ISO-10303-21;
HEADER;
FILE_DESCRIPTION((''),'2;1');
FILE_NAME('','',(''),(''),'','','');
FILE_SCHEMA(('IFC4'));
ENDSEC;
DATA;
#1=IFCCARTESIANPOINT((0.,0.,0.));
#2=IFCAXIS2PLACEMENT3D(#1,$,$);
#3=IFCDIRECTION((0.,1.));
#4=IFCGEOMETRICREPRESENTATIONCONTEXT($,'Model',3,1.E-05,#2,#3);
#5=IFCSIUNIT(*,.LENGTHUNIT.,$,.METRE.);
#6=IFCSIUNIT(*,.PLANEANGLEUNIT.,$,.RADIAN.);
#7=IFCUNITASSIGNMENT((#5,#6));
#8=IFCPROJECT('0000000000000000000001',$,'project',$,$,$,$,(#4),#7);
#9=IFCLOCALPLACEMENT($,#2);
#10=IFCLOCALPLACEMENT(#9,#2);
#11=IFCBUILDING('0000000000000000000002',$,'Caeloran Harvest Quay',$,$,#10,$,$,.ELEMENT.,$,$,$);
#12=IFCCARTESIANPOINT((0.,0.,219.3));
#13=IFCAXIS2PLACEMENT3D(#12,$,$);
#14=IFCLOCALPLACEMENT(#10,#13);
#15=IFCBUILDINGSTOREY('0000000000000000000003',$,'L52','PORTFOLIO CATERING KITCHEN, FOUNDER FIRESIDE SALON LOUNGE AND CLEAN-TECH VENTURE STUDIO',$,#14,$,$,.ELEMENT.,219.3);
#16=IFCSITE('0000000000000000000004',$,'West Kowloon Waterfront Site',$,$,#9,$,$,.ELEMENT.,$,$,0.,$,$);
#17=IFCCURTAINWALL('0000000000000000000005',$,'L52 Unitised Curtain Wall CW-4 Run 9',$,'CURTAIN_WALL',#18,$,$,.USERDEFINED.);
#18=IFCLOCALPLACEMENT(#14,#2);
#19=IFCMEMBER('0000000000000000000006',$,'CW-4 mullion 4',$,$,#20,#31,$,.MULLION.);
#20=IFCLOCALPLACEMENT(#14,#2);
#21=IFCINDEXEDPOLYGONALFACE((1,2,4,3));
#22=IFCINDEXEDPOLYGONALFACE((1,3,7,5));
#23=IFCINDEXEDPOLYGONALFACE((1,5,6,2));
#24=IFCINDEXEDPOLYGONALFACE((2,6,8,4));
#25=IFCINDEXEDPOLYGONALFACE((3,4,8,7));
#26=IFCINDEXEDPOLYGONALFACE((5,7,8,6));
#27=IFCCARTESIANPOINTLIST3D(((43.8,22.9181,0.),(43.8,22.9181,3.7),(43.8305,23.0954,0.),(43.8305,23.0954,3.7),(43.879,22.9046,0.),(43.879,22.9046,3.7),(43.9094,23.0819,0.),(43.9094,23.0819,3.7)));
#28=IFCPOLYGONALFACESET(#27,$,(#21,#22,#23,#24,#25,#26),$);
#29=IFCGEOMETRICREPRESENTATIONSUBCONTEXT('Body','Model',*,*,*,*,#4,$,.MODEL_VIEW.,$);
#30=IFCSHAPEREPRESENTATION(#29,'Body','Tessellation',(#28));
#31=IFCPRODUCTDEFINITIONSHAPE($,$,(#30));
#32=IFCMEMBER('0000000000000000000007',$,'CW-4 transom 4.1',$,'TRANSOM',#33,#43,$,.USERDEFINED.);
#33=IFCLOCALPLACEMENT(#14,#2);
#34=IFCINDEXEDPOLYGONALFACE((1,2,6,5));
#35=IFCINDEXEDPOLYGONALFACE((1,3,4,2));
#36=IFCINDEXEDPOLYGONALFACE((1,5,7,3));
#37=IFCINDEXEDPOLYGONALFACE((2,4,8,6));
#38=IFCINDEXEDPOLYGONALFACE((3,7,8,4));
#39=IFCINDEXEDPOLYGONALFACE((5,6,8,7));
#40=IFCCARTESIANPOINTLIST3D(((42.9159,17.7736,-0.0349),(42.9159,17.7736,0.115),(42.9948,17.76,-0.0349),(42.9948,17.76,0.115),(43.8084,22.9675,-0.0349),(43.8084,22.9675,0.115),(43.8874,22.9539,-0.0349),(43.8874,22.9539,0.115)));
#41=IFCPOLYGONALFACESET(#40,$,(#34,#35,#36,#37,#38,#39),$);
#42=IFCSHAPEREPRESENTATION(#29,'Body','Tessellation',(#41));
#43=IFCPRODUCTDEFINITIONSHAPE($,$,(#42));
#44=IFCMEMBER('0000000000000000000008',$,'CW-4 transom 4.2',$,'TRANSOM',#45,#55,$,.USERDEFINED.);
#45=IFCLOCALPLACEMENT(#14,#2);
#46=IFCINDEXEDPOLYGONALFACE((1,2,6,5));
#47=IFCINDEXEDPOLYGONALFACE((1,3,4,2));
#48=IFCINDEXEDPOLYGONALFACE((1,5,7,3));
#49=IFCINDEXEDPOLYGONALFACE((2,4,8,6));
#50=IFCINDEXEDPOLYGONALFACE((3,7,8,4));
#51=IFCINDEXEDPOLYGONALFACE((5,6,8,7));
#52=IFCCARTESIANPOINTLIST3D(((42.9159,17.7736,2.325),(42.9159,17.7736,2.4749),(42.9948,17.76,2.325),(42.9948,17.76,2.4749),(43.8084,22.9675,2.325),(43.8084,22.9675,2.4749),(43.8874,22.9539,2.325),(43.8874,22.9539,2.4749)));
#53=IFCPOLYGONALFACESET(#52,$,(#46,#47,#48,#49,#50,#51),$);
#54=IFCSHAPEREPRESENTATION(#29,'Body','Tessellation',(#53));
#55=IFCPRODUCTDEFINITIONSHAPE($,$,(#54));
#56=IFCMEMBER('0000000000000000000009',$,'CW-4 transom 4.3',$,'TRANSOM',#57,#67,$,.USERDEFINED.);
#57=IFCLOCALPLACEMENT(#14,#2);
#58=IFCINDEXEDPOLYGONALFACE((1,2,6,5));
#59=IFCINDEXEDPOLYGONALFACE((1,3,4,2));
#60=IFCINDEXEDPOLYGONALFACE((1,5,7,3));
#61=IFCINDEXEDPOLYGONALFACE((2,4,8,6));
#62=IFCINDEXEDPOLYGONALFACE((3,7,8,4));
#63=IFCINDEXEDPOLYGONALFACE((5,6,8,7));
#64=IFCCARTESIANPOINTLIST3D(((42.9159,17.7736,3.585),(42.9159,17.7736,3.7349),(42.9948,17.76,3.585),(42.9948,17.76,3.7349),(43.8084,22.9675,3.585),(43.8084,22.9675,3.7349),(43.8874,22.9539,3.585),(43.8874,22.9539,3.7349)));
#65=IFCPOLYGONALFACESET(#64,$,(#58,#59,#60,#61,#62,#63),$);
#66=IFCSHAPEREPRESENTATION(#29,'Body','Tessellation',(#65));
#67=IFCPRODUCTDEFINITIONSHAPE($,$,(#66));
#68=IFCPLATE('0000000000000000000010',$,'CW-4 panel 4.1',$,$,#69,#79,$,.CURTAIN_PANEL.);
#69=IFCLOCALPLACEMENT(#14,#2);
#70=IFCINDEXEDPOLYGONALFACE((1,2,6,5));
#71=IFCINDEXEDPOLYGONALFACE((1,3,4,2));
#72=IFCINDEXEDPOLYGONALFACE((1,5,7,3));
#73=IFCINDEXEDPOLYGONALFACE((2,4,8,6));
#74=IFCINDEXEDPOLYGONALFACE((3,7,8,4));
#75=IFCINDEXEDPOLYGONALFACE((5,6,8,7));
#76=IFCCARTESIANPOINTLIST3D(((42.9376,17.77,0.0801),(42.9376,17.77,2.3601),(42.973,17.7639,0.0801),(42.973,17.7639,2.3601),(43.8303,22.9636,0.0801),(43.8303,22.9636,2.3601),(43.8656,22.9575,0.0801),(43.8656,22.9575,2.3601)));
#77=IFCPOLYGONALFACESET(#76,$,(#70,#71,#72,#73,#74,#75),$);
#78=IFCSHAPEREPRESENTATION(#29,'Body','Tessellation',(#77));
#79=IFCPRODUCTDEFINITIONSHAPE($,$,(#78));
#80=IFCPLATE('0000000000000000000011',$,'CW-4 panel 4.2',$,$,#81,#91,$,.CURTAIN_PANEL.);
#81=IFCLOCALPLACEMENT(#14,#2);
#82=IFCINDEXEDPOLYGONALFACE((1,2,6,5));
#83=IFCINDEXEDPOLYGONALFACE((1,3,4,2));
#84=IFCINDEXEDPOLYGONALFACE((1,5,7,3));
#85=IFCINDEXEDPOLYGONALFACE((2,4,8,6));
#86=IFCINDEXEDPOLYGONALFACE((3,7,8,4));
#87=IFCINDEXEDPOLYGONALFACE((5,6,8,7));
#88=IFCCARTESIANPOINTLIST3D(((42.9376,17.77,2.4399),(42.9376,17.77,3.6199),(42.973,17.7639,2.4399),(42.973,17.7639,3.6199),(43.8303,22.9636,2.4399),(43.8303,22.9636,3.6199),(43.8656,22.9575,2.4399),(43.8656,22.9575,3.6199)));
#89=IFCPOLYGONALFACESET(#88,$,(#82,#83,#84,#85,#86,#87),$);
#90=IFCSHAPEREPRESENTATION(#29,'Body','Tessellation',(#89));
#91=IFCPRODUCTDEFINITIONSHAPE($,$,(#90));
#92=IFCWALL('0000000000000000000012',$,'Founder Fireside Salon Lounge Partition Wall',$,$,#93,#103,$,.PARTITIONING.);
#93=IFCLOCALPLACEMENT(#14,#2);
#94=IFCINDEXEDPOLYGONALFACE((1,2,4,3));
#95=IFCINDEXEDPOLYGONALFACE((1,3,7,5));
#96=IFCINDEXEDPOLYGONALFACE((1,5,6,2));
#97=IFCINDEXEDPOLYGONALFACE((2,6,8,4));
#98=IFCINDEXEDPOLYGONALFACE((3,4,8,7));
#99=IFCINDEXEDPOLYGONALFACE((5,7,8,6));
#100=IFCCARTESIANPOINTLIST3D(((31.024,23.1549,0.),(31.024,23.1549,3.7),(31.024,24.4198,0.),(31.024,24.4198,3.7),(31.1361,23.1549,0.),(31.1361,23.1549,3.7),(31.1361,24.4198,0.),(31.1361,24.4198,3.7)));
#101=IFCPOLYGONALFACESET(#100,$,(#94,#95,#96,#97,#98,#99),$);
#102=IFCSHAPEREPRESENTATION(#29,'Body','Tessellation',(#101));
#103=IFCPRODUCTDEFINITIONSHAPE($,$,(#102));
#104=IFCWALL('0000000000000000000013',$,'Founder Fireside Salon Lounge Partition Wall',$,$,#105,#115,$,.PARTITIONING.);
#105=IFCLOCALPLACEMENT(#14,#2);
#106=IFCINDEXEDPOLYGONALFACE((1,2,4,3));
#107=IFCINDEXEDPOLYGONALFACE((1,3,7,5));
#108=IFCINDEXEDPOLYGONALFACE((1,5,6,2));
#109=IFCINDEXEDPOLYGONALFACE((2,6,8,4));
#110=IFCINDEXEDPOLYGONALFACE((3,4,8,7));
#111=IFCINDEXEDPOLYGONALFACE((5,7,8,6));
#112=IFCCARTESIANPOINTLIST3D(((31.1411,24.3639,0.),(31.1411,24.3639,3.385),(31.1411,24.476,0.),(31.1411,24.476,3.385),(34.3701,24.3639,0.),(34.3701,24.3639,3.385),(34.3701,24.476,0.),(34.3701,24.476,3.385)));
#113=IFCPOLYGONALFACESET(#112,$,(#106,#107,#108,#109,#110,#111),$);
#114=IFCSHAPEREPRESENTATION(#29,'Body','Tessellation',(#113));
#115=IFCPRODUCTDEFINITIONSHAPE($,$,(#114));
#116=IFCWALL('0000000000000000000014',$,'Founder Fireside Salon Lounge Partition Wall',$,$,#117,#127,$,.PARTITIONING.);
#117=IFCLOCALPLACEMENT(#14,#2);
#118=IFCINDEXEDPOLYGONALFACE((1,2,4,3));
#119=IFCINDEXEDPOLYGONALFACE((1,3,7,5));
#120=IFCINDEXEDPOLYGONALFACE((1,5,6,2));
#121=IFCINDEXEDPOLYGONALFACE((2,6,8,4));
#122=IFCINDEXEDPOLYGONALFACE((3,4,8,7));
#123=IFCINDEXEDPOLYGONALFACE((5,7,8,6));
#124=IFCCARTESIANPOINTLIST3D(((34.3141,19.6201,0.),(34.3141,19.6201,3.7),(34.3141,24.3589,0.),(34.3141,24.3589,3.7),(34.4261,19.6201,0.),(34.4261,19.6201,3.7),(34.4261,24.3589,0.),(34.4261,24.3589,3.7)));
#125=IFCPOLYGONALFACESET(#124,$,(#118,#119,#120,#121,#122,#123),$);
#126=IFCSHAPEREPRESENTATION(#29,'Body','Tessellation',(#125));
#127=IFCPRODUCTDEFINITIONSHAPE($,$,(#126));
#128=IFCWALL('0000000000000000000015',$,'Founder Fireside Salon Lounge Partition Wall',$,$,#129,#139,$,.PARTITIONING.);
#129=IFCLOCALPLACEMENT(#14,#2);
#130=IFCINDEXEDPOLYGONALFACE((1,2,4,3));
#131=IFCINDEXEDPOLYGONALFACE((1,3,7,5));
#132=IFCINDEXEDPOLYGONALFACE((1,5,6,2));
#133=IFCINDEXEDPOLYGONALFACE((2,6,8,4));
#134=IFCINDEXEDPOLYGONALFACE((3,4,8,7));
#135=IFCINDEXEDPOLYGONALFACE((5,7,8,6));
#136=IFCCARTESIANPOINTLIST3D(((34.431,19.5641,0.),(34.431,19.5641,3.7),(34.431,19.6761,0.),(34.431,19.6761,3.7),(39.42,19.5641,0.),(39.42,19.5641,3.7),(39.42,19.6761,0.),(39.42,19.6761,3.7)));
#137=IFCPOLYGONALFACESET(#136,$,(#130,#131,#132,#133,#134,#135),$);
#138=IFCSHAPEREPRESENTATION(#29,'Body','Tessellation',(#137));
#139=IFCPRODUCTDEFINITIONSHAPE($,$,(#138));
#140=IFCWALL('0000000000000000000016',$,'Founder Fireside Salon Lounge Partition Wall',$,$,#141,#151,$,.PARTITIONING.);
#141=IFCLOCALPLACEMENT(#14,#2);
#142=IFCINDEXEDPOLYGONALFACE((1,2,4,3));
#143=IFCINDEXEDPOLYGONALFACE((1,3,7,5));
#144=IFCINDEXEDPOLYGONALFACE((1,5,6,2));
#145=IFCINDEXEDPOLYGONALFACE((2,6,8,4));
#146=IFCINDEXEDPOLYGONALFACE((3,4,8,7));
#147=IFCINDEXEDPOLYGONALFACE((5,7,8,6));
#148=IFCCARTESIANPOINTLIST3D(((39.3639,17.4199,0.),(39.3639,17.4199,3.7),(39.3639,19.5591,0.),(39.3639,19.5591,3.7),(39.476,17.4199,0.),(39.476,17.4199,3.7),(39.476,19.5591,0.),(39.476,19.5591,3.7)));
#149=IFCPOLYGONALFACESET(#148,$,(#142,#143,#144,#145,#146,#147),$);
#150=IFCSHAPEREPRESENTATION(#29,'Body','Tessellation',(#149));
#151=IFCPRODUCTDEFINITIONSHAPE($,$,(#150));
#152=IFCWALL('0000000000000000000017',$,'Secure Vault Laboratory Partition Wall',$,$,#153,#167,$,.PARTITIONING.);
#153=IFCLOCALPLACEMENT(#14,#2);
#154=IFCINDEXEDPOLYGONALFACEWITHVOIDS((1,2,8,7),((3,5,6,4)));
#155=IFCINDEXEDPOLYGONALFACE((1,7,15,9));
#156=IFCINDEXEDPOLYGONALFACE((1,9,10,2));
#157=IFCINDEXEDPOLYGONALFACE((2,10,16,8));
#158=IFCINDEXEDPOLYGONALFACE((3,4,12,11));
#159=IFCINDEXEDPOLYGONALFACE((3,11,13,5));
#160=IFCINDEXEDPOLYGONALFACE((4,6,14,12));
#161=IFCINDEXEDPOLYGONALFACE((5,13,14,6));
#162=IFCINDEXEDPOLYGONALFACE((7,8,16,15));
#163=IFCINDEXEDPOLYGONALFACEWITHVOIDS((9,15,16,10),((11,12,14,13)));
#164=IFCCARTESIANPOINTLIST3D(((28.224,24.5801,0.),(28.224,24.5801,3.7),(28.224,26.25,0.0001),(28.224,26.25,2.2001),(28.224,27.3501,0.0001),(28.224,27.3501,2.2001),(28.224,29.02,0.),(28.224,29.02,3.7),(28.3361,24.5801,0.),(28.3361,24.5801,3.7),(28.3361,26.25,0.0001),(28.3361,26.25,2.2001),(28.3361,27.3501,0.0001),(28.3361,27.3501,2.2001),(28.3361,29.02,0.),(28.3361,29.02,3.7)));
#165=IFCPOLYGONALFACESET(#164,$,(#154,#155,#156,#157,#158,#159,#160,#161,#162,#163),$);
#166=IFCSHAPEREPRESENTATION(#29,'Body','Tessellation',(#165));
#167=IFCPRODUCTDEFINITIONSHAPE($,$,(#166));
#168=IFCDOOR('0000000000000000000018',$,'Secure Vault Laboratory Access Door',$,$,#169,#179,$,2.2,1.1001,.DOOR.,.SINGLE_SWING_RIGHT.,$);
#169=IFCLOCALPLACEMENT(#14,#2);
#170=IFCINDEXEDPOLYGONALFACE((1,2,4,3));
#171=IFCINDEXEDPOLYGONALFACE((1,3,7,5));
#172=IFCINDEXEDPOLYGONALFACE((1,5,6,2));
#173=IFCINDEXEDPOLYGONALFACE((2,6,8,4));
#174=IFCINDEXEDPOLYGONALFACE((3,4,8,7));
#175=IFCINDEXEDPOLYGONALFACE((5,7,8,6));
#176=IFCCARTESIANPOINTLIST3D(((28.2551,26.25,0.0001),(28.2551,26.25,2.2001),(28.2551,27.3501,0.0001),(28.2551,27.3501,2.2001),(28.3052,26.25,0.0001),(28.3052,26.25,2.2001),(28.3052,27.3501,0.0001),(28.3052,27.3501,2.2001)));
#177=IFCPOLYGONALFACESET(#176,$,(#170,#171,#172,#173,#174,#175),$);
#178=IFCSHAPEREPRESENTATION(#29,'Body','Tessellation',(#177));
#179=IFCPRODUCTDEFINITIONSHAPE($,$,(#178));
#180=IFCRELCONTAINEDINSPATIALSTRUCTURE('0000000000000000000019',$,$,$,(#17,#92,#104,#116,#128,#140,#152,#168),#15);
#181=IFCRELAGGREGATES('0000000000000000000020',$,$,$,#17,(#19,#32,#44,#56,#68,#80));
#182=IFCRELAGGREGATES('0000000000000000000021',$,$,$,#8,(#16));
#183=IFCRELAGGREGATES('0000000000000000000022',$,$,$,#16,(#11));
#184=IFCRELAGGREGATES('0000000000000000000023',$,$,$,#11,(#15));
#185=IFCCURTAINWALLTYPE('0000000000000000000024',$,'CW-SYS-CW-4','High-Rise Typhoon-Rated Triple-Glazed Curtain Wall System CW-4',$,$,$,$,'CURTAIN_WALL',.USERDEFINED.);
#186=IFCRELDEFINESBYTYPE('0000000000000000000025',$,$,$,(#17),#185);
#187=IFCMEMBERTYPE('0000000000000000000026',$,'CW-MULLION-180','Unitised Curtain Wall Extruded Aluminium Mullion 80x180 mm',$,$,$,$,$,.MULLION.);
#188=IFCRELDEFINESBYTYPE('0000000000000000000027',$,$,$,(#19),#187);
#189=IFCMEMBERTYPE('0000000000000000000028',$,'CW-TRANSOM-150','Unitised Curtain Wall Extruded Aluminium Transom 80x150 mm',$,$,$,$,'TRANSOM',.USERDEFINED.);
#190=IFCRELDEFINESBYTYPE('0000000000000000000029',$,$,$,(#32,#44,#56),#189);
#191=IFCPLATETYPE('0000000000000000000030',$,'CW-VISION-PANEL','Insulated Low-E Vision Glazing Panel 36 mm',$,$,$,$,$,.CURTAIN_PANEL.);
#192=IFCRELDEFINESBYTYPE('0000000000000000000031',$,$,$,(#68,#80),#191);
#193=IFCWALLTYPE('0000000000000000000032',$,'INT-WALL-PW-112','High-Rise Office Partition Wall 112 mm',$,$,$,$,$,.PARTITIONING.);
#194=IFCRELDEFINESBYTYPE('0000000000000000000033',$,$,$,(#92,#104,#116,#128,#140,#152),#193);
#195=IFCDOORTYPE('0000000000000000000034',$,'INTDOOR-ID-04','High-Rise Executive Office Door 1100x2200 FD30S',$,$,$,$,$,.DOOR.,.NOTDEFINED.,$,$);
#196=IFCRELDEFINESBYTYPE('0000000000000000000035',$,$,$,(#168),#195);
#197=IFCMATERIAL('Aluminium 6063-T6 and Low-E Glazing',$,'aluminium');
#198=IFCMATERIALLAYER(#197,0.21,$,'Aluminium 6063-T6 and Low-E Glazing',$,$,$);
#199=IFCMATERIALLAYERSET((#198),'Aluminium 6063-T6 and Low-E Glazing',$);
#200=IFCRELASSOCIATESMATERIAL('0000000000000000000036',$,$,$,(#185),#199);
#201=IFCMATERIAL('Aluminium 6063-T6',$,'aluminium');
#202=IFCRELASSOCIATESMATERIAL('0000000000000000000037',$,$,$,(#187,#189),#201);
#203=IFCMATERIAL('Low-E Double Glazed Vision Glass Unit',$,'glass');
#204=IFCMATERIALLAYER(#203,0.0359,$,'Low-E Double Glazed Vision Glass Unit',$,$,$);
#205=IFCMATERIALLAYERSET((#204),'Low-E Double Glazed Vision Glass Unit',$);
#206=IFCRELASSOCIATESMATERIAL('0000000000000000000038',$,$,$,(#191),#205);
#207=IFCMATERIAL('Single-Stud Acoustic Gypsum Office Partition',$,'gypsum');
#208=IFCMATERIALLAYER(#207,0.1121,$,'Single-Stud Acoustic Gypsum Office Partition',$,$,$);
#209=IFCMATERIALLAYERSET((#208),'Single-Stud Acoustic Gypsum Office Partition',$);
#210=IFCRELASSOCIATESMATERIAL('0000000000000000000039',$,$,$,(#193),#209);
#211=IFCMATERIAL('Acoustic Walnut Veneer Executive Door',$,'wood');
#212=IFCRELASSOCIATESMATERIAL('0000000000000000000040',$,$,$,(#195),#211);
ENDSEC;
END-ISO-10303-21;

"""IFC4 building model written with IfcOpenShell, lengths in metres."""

from ifc_helpers import new_model, si_unit, direction, frame, frame_2d, origin, origin_2d, place, context, subcontext, project, spatial, rectangle, extrude, material, layer, layer_set, material_profile, profile_set, type_object, element, fill, aggregate, save


model = new_model("IFC4")

# Units and contexts
model_context = context("Model", 3, precision=1e-05, world=origin(), true_north=direction((0.0, 1.0)))
body_context = subcontext(model_context, "Body", "Model", "MODEL_VIEW")
ifc_project = project(units=[si_unit("LENGTHUNIT", "METRE"), si_unit("PLANEANGLEUNIT", "RADIAN")], contexts=[model_context])

# Site, building, storey
site_placement = place(None, origin())
site = spatial("IfcSite", under=ifc_project, at=site_placement, Name="West Kowloon Waterfront Site", CompositionType="ELEMENT", RefElevation=0.0)
building_placement = place(site_placement, origin())
building = spatial("IfcBuilding", under=site, at=building_placement, Name="Caeloran Harvest Quay", CompositionType="ELEMENT")
storey_placement = place(building_placement, frame((0.0, 0.0, 219.3)))
storey = spatial("IfcBuildingStorey", under=building, at=storey_placement, Name="L52", Description="PORTFOLIO CATERING KITCHEN, FOUNDER FIRESIDE SALON LOUNGE AND CLEAN-TECH VENTURE STUDIO", CompositionType="ELEMENT", Elevation=219.3)

# Curtain wall, members, plates
ifc_material_1 = material(Name="Aluminium 6063-T6 and Low-E Glazing", Category="aluminium")
ifc_layer_1 = layer(ifc_material_1, 0.21, Name="Aluminium 6063-T6 and Low-E Glazing")
ifc_layer_set_1 = layer_set([ifc_layer_1], Name="Aluminium 6063-T6 and Low-E Glazing")
curtain_wall_type = type_object("IfcCurtainWallType", Name="CW-SYS-CW-4", Description="High-Rise Typhoon-Rated Triple-Glazed Curtain Wall System CW-4", ElementType="CURTAIN_WALL", PredefinedType="USERDEFINED", material=ifc_layer_set_1)
curtain_wall_placement = place(storey_placement, origin())
curtain_wall = element("IfcCurtainWall", 1, at=curtain_wall_placement, inside=storey, type_object=curtain_wall_type, Name="L52 Unitised Curtain Wall CW-4 Run 9", ObjectType="CURTAIN_WALL", PredefinedType="USERDEFINED")
ifc_material_2 = material(Name="Aluminium 6063-T6", Category="aluminium")
ifc_material_profile_1 = material_profile(ifc_material_2, rectangle(XDim=0.0801, YDim=0.1799, at=origin_2d()), Name="CW-MULLION-180")
ifc_profile_set_1 = profile_set([ifc_material_profile_1], Name="Aluminium 6063-T6")
member_type_1 = type_object("IfcMemberType", Name="CW-MULLION-180", Description="Unitised Curtain Wall Extruded Aluminium Mullion 80x180 mm", PredefinedType="MULLION", material=ifc_profile_set_1)
member_1_placement = place(storey_placement, frame((43.8547, 23.0, 0.0), z_axis=(0.0, 0.0, 1.0), x_axis=(0.985549, -0.169391, 0.0)))
member_1 = element("IfcMember", 2, at=member_1_placement, type_object=member_type_1, Name="CW-4 mullion 4", PredefinedType="MULLION", context=body_context, shape_type="SweptSolid", body=[
    extrude(rectangle(XDim=0.0801, YDim=0.1799, at=origin_2d()), origin(), (0.0, 0.0, 1.0), 3.7),
])
ifc_material_profile_2 = material_profile(ifc_material_2, rectangle(XDim=0.0801, YDim=0.1499, at=origin_2d()), Name="CW-TRANSOM-150")
ifc_profile_set_2 = profile_set([ifc_material_profile_2], Name="Aluminium 6063-T6")
member_type_2 = type_object("IfcMemberType", Name="CW-TRANSOM-150", Description="Unitised Curtain Wall Extruded Aluminium Transom 80x150 mm", ElementType="TRANSOM", PredefinedType="USERDEFINED", material=ifc_profile_set_2)
member_2_placement = place(storey_placement, frame((43.8479, 22.9607, 0.04), z_axis=(-0.16937, -0.985553, 0.0), x_axis=(0.985553, -0.16937, 0.0)))
member_2 = element("IfcMember", 3, at=member_2_placement, type_object=member_type_2, Name="CW-4 transom 4.1", ObjectType="TRANSOM", PredefinedType="USERDEFINED", context=body_context, shape_type="SweptSolid", body=[
    extrude(rectangle(XDim=0.0801, YDim=0.1499, at=origin_2d()), origin(), (0.0, 0.0, 1.0), 5.27),
])
member_3_placement = place(storey_placement, frame((43.8479, 22.9607, 2.3999), z_axis=(-0.16937, -0.985553, 0.0), x_axis=(0.985553, -0.16937, 0.0)))
member_3 = element("IfcMember", 4, at=member_3_placement, type_object=member_type_2, Name="CW-4 transom 4.2", ObjectType="TRANSOM", PredefinedType="USERDEFINED", context=body_context, shape_type="SweptSolid", body=[
    extrude(rectangle(XDim=0.0801, YDim=0.1499, at=origin_2d()), origin(), (0.0, 0.0, 1.0), 5.27),
])
member_4_placement = place(storey_placement, frame((43.8479, 22.9607, 3.6599), z_axis=(-0.16937, -0.985553, 0.0), x_axis=(0.985553, -0.16937, 0.0)))
member_4 = element("IfcMember", 5, at=member_4_placement, type_object=member_type_2, Name="CW-4 transom 4.3", ObjectType="TRANSOM", PredefinedType="USERDEFINED", context=body_context, shape_type="SweptSolid", body=[
    extrude(rectangle(XDim=0.0801, YDim=0.1499, at=origin_2d()), origin(), (0.0, 0.0, 1.0), 5.27),
])
ifc_material_3 = material(Name="Low-E Double Glazed Vision Glass Unit", Category="glass")
ifc_layer_2 = layer(ifc_material_3, 0.0359, Name="Low-E Double Glazed Vision Glass Unit")
ifc_layer_set_2 = layer_set([ifc_layer_2], Name="Low-E Double Glazed Vision Glass Unit")
plate_type = type_object("IfcPlateType", Name="CW-VISION-PANEL", Description="Insulated Low-E Vision Glazing Panel 36 mm", PredefinedType="CURTAIN_PANEL", material=ifc_layer_set_2)
plate_1_placement = place(storey_placement, frame((43.4016, 20.3638, 0.0801), z_axis=(0.0, 0.0, 1.0), x_axis=(-0.169391, -0.985549, 0.0)))
plate_1 = element("IfcPlate", 6, at=plate_1_placement, type_object=plate_type, Name="CW-4 panel 4.1", PredefinedType="CURTAIN_PANEL", context=body_context, shape_type="SweptSolid", body=[
    extrude(rectangle(XDim=5.2698, YDim=0.0359, at=origin_2d()), origin(), (0.0, 0.0, 1.0), 2.28),
])
plate_2_placement = place(storey_placement, frame((43.4016, 20.3638, 2.4399), z_axis=(0.0, 0.0, 1.0), x_axis=(-0.169391, -0.985549, 0.0)))
plate_2 = element("IfcPlate", 7, at=plate_2_placement, type_object=plate_type, Name="CW-4 panel 4.2", PredefinedType="CURTAIN_PANEL", context=body_context, shape_type="SweptSolid", body=[
    extrude(rectangle(XDim=5.2698, YDim=0.0359, at=origin_2d()), origin(), (0.0, 0.0, 1.0), 1.1799),
])
aggregate(curtain_wall, [member_1, member_2, member_3, member_4, plate_1, plate_2])

# Walls
ifc_material_4 = material(Name="Single-Stud Acoustic Gypsum Office Partition", Category="gypsum")
ifc_layer_3 = layer(ifc_material_4, 0.1121, Name="Single-Stud Acoustic Gypsum Office Partition")
ifc_layer_set_3 = layer_set([ifc_layer_3], Name="Single-Stud Acoustic Gypsum Office Partition")
wall_type_1 = type_object("IfcWallType", Name="INT-WALL-PW-112", Description="High-Rise Office Partition Wall 112 mm", PredefinedType="PARTITIONING", material=ifc_layer_set_3)
wall_1_placement = place(storey_placement, frame((31.0801, 23.155, 0.0), z_axis=(0.0, 0.0, 1.0), x_axis=(0.0, 1.0, 0.0)))
element("IfcWall", 8, at=wall_1_placement, inside=storey, type_object=wall_type_1, Name="Founder Fireside Salon Lounge Partition Wall", PredefinedType="PARTITIONING", context=body_context, shape_type="SweptSolid", body=[
    extrude(rectangle(XDim=1.2649, YDim=0.1121, at=frame_2d((0.6323, 0.0))), origin(), (0.0, 0.0, 1.0), 3.7),
])
wall_2_placement = place(storey_placement, frame((31.1411, 24.4199, 0.0), z_axis=(0.0, 0.0, 1.0), x_axis=(1.0, 0.0, 0.0)))
element("IfcWall", 9, at=wall_2_placement, inside=storey, type_object=wall_type_1, Name="Founder Fireside Salon Lounge Partition Wall", PredefinedType="PARTITIONING", context=body_context, shape_type="SweptSolid", body=[
    extrude(rectangle(XDim=3.229, YDim=0.1121, at=frame_2d((1.6145, 0.0))), origin(), (0.0, 0.0, 1.0), 3.385),
])
wall_3_placement = place(storey_placement, frame((34.3701, 24.3589, 0.0), z_axis=(0.0, 0.0, 1.0), x_axis=(0.0, -1.0, 0.0)))
element("IfcWall", 10, at=wall_3_placement, inside=storey, type_object=wall_type_1, Name="Founder Fireside Salon Lounge Partition Wall", PredefinedType="PARTITIONING", context=body_context, shape_type="SweptSolid", body=[
    extrude(rectangle(XDim=4.7388, YDim=0.1121, at=frame_2d((2.3694, 0.0))), origin(), (0.0, 0.0, 1.0), 3.7),
])
wall_4_placement = place(storey_placement, frame((34.4309, 19.6201, 0.0), z_axis=(0.0, 0.0, 1.0), x_axis=(1.0, 0.0, 0.0)))
element("IfcWall", 11, at=wall_4_placement, inside=storey, type_object=wall_type_1, Name="Founder Fireside Salon Lounge Partition Wall", PredefinedType="PARTITIONING", context=body_context, shape_type="SweptSolid", body=[
    extrude(rectangle(XDim=4.989, YDim=0.1121, at=frame_2d((2.4946, 0.0))), origin(), (0.0, 0.0, 1.0), 3.7),
])
wall_5_placement = place(storey_placement, frame((39.4199, 19.5591, 0.0), z_axis=(0.0, 0.0, 1.0), x_axis=(0.0, -1.0, 0.0)))
element("IfcWall", 12, at=wall_5_placement, inside=storey, type_object=wall_type_1, Name="Founder Fireside Salon Lounge Partition Wall", PredefinedType="PARTITIONING", context=body_context, shape_type="SweptSolid", body=[
    extrude(rectangle(XDim=2.1392, YDim=0.1121, at=frame_2d((1.0696, 0.0))), origin(), (0.0, 0.0, 1.0), 3.7),
])

# Wall, opening, door
wall_6_placement = place(storey_placement, frame((28.28, 24.5801, 0.0), z_axis=(0.0, 0.0, 1.0), x_axis=(0.0, 1.0, 0.0)))
wall_6 = element("IfcWall", 13, at=wall_6_placement, inside=storey, type_object=wall_type_1, Name="Secure Vault Laboratory Partition Wall", PredefinedType="PARTITIONING", context=body_context, shape_type="SweptSolid", body=[
    extrude(rectangle(XDim=4.4399, YDim=0.1121, at=frame_2d((2.22, 0.0))), origin(), (0.0, 0.0, 1.0), 3.7),
])
opening_placement = place(wall_6_placement, frame((1.6699, 0.0, 0.0)))
opening = element("IfcOpeningElement", 14, at=opening_placement, cuts=wall_6, PredefinedType="OPENING", context=body_context, shape_type="SweptSolid", body=[
    extrude(rectangle(XDim=1.1001, YDim=2.2, at=frame_2d((0.55, 1.1001))), frame((0.0, 0.0659, 0.0), z_axis=(0.0, -1.0, 0.0), x_axis=(1.0, 0.0, 0.0)), (0.0, 0.0, 1.0), 0.1321),
])
ifc_material_5 = material(Name="Acoustic Walnut Veneer Executive Door", Category="wood")
door_type = type_object("IfcDoorType", Name="INTDOOR-ID-04", Description="High-Rise Executive Office Door 1100x2200 FD30S", OperationType="NOTDEFINED", PredefinedType="DOOR", material=ifc_material_5)
door_placement = place(opening_placement, origin())
door = element("IfcDoor", 15, at=door_placement, inside=storey, type_object=door_type, Name="Secure Vault Laboratory Access Door", OperationType="SINGLE_SWING_RIGHT", OverallHeight=2.2, OverallWidth=1.1001, PredefinedType="DOOR", context=body_context, shape_type="SweptSolid", body=[
    extrude(rectangle(XDim=1.1001, YDim=2.2, at=frame_2d((0.55, 1.1001))), frame((0.0, 0.0249, 0.0), z_axis=(0.0, -1.0, 0.0), x_axis=(1.0, 0.0, 0.0)), (0.0, 0.0, 1.0), 0.05),
])
fill(opening, door)

save(model, "model.ifc")
